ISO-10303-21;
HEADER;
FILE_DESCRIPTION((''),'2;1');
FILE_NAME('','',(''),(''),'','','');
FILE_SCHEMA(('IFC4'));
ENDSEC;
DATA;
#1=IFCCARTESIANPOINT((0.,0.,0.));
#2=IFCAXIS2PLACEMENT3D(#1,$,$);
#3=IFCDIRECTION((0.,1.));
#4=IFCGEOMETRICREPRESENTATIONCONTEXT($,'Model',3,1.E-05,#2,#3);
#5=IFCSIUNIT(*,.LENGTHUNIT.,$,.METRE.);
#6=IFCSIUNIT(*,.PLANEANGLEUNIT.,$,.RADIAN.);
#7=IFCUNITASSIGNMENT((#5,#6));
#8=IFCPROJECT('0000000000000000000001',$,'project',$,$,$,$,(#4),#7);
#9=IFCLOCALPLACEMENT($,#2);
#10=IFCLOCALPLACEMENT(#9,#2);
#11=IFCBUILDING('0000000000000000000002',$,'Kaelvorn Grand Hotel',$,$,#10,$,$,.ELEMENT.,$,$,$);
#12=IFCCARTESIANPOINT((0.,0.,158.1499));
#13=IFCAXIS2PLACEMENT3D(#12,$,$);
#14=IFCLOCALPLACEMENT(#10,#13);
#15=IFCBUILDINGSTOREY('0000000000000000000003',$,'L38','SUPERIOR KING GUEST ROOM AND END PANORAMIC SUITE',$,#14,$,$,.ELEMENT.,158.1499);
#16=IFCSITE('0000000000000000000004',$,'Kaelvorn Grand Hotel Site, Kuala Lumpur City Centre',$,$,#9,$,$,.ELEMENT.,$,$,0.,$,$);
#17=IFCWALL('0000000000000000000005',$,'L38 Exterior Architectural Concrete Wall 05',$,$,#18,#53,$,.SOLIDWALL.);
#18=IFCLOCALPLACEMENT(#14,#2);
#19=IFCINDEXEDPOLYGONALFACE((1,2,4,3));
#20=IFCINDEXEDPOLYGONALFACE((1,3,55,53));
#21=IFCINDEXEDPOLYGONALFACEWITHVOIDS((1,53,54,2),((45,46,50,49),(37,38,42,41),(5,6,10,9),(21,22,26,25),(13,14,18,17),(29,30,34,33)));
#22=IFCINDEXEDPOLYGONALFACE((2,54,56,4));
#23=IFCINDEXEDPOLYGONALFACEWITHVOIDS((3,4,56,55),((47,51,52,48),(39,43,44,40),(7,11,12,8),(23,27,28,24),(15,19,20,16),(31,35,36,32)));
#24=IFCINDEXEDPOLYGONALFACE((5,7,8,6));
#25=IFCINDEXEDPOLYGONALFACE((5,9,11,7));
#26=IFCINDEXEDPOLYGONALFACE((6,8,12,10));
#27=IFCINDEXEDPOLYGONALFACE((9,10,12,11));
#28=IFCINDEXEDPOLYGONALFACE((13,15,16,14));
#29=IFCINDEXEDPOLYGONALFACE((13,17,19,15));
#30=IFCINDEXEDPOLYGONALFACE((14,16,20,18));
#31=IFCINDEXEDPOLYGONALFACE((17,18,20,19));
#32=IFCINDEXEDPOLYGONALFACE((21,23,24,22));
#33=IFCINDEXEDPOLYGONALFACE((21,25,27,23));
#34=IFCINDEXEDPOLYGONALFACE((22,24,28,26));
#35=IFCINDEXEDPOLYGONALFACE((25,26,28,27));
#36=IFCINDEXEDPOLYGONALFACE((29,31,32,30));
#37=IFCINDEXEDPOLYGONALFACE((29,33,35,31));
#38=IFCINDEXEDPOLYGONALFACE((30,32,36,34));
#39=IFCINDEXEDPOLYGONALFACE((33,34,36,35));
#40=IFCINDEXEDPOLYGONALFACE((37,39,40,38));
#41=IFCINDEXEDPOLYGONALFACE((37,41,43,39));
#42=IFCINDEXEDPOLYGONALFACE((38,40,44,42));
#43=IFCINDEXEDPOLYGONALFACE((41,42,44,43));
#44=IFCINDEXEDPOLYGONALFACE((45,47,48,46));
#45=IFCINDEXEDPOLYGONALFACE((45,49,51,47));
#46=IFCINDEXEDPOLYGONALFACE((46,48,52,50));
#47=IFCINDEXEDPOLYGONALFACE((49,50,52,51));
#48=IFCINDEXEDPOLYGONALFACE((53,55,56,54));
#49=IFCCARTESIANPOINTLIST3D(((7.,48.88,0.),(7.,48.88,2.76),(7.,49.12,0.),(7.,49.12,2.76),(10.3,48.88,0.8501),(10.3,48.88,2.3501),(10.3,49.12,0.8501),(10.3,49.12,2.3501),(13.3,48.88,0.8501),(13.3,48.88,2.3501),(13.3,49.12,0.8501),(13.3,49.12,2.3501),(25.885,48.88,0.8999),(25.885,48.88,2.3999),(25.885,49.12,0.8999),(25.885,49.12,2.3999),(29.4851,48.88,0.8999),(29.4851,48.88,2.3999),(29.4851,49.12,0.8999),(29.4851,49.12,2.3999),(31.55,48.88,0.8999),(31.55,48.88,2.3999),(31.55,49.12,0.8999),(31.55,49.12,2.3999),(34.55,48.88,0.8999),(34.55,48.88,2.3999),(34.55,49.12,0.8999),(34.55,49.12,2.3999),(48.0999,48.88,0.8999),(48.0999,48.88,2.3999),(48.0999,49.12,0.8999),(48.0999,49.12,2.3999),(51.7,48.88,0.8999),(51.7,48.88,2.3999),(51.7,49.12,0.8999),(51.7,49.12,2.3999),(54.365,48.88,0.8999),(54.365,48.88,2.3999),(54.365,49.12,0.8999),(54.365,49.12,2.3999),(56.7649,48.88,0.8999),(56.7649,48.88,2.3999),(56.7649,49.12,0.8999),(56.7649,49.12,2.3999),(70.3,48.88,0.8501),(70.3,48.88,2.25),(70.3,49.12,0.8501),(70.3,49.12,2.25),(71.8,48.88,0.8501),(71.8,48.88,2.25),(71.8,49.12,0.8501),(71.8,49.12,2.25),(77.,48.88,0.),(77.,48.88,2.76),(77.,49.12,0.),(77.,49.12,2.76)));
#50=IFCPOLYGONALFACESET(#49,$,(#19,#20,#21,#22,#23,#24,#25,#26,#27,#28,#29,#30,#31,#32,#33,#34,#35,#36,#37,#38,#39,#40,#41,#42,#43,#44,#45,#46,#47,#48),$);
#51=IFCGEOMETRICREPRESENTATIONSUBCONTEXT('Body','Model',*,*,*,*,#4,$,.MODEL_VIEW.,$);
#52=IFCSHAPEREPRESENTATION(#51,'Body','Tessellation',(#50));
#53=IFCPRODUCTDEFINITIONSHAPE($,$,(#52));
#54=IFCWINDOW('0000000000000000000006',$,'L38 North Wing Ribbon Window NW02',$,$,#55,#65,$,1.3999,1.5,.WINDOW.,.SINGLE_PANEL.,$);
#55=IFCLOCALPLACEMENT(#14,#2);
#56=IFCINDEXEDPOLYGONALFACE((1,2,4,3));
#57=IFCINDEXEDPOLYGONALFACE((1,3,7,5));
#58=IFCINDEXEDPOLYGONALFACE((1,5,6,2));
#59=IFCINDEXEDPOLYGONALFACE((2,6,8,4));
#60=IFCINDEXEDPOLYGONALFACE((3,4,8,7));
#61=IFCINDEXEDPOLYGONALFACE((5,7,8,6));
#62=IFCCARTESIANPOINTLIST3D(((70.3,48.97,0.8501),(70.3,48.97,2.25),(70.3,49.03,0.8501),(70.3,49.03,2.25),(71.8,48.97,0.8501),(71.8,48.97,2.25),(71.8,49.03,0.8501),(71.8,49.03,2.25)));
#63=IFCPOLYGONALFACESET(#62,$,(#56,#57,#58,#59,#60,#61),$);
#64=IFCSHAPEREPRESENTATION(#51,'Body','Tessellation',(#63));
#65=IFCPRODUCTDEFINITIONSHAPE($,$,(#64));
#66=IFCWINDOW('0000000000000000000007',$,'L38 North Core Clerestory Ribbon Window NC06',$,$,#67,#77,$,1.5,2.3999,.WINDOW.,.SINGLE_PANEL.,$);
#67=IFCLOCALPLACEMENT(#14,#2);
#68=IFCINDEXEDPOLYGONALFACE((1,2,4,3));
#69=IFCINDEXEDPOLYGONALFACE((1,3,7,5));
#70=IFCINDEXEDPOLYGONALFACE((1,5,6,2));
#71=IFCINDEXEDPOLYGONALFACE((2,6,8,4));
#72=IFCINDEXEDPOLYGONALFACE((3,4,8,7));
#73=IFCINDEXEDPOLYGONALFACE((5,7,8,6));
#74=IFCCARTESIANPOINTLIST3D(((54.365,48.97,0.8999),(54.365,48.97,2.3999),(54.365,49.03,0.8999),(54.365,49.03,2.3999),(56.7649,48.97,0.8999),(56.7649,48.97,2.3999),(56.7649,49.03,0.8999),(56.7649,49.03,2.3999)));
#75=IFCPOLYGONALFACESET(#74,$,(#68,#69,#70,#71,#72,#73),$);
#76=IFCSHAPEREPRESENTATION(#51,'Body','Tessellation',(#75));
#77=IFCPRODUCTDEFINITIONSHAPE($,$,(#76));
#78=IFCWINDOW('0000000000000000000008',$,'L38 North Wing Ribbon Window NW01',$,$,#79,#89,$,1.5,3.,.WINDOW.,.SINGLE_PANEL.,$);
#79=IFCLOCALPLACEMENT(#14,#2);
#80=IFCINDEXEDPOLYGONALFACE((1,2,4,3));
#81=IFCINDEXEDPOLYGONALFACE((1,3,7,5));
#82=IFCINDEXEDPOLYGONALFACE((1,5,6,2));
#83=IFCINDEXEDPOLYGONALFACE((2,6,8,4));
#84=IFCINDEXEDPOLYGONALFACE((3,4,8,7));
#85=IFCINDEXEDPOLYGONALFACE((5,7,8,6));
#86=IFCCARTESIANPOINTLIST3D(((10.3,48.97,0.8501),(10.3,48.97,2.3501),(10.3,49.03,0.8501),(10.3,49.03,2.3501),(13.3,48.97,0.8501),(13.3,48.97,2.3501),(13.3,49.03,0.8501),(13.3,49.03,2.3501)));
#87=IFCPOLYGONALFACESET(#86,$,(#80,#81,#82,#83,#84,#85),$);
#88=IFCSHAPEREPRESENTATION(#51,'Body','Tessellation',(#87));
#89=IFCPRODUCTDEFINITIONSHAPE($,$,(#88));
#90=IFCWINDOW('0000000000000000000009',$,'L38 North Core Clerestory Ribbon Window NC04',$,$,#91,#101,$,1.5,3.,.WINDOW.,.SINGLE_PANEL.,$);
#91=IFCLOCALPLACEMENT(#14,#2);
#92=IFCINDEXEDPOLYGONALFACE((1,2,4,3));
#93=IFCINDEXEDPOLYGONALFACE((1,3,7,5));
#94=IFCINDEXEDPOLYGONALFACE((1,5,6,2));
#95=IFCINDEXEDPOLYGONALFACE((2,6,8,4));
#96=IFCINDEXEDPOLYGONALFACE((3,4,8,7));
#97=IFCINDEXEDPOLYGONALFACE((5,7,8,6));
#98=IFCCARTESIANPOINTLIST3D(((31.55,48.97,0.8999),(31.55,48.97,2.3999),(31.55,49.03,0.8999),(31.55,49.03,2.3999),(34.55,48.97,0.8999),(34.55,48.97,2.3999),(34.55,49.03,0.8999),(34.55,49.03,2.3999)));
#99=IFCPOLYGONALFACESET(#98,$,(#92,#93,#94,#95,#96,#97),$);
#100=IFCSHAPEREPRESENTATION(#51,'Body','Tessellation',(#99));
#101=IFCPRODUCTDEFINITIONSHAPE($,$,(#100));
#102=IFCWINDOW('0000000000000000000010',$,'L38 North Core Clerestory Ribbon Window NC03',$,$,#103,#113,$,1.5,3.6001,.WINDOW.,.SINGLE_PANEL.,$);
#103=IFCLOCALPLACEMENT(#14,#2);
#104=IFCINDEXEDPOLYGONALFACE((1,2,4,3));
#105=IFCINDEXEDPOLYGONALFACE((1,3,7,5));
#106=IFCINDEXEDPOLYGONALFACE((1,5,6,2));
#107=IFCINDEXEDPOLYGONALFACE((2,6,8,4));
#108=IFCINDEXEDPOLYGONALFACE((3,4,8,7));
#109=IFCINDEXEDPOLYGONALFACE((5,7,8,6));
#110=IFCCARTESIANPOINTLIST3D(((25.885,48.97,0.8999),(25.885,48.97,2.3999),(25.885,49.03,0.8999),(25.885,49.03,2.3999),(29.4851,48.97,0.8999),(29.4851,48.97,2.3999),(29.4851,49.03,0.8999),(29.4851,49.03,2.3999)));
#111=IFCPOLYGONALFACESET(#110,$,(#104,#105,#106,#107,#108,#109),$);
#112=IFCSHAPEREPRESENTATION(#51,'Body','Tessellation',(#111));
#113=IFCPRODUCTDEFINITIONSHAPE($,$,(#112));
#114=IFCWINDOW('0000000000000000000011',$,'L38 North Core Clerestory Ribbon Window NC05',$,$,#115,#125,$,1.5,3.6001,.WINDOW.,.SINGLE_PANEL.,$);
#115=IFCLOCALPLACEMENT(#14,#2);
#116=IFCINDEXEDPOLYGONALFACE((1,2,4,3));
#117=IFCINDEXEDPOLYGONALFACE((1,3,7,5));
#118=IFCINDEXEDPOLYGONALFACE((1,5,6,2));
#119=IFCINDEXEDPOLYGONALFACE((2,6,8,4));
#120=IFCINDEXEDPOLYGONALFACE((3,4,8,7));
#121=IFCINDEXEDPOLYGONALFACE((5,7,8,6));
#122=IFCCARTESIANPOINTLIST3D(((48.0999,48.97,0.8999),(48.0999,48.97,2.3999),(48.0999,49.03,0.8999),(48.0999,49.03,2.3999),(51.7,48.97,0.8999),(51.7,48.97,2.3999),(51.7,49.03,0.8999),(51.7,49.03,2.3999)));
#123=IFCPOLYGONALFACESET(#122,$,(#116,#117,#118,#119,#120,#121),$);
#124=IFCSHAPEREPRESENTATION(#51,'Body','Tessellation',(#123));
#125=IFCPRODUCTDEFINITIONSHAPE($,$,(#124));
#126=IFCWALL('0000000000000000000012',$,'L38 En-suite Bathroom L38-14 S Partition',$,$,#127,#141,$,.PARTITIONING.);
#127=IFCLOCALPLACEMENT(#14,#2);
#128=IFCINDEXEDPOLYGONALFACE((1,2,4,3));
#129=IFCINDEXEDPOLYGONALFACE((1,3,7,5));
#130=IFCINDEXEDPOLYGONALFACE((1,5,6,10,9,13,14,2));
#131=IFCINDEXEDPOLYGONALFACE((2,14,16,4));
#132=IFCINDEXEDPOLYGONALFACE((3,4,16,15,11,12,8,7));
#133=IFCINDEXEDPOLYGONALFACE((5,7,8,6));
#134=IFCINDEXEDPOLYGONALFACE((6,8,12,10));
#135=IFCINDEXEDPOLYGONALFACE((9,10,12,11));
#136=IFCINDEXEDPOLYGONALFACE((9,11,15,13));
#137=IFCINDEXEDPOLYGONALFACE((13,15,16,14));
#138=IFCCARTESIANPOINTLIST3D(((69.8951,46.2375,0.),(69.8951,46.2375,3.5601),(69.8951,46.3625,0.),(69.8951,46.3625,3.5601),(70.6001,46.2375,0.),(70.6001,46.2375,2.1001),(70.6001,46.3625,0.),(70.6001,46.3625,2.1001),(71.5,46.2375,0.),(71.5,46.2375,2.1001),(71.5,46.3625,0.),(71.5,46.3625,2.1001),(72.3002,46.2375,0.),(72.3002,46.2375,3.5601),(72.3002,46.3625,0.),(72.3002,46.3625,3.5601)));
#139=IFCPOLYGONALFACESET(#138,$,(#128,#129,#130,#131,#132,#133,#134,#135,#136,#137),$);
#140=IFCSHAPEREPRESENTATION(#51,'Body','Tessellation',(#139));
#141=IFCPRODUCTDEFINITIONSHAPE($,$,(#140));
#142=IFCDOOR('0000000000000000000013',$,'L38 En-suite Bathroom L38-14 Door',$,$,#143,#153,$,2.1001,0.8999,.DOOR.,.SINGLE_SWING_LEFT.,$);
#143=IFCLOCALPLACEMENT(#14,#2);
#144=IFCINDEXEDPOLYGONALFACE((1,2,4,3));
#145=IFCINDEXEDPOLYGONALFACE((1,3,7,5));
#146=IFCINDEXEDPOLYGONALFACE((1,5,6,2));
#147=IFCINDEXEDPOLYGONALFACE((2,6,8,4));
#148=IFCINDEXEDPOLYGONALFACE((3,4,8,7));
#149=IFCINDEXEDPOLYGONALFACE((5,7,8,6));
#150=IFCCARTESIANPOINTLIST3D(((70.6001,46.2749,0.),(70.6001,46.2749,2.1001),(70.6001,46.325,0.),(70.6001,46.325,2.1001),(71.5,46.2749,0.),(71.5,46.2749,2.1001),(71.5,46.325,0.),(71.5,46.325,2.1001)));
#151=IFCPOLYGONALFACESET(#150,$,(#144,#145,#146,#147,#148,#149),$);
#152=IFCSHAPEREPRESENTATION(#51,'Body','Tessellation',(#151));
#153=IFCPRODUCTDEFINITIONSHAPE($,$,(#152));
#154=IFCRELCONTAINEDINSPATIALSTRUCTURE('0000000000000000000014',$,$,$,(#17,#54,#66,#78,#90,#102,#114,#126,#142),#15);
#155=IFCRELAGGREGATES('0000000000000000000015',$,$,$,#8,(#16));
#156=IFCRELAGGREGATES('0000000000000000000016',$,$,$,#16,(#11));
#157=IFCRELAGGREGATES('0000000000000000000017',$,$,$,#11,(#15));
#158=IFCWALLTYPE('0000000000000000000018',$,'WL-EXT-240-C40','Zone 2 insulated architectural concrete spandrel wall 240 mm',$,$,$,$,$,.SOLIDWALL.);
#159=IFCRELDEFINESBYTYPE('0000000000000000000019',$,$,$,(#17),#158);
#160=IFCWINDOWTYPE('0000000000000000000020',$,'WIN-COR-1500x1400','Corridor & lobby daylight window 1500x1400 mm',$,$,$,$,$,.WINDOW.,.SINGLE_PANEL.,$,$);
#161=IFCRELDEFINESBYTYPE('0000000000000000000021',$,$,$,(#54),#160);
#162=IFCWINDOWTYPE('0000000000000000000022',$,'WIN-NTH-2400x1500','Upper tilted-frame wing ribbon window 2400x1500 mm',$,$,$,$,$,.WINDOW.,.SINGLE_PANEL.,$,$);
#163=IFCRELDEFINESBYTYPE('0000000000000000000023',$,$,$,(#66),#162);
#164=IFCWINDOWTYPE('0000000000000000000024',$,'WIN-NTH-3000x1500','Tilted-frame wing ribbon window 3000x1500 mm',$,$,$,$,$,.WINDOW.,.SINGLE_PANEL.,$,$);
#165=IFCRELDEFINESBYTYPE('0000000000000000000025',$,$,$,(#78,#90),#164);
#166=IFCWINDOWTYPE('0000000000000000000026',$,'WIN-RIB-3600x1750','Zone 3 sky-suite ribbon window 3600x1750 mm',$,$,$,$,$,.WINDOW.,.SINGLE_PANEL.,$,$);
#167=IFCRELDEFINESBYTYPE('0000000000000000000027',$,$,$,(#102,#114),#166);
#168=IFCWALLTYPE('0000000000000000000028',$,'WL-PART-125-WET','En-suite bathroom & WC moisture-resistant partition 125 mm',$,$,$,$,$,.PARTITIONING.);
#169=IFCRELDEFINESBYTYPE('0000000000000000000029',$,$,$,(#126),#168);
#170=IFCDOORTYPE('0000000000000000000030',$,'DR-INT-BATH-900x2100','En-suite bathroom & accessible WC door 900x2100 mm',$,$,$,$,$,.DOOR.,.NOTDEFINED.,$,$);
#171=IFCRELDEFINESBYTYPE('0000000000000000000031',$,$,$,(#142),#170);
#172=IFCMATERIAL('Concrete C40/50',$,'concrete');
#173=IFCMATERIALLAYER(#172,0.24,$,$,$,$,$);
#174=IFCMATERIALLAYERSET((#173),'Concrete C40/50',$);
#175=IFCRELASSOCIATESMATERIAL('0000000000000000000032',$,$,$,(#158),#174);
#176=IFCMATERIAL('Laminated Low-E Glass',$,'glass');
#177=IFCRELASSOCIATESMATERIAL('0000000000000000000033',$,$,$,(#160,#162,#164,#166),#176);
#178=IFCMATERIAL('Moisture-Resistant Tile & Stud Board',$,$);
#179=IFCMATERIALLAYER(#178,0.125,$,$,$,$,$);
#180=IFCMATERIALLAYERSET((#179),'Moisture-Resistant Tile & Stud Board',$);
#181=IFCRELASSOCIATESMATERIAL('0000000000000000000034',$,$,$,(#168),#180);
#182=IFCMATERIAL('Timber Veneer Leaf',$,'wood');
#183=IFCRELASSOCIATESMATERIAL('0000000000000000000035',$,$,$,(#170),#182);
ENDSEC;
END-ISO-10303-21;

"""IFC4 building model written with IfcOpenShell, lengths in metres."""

from ifc_helpers import new_model, si_unit, direction, frame, frame_2d, origin, place, context, subcontext, project, spatial, rectangle, extrude, material, layer, layer_set, type_object, element, fill, save


model = new_model("IFC4")

# Units and contexts
model_context = context("Model", 3, precision=1e-05, world=origin(), true_north=direction((0.0, 1.0)))
body_context = subcontext(model_context, "Body", "Model", "MODEL_VIEW")
ifc_project = project(units=[si_unit("LENGTHUNIT", "METRE"), si_unit("PLANEANGLEUNIT", "RADIAN")], contexts=[model_context])

# Site, building, storey
site_placement = place(None, origin())
site = spatial("IfcSite", under=ifc_project, at=site_placement, Name="Kaelvorn Grand Hotel Site, Kuala Lumpur City Centre", CompositionType="ELEMENT", RefElevation=0.0)
building_placement = place(site_placement, origin())
building = spatial("IfcBuilding", under=site, at=building_placement, Name="Kaelvorn Grand Hotel", CompositionType="ELEMENT")
storey_placement = place(building_placement, frame((0.0, 0.0, 158.1499)))
storey = spatial("IfcBuildingStorey", under=building, at=storey_placement, Name="L38", Description="SUPERIOR KING GUEST ROOM AND END PANORAMIC SUITE", CompositionType="ELEMENT", Elevation=158.1499)

# Shared definitions
ifc_material_1 = material(Name="Concrete C40/50", Category="concrete")
ifc_layer_1 = layer(ifc_material_1, 0.24)
ifc_layer_set_1 = layer_set([ifc_layer_1], Name="Concrete C40/50")
wall_type_1 = type_object("IfcWallType", Name="WL-EXT-240-C40", Description="Zone 2 insulated architectural concrete spandrel wall 240 mm", PredefinedType="SOLIDWALL", material=ifc_layer_set_1)
ifc_material_2 = material(Name="Laminated Low-E Glass", Category="glass")

# Wall, openings, windows
wall_1_placement = place(storey_placement, frame((77.0, 49.0, 0.0), z_axis=(0.0, 0.0, 1.0), x_axis=(-1.0, 0.0, 0.0)))
wall_1 = element("IfcWall", 1, at=wall_1_placement, inside=storey, type_object=wall_type_1, Name="L38 Exterior Architectural Concrete Wall 05", PredefinedType="SOLIDWALL", context=body_context, shape_type="SweptSolid", body=[
    extrude(rectangle(XDim=70.0, YDim=0.24, at=frame_2d((35.0, 0.0))), origin(), (0.0, 0.0, 1.0), 2.76),
])
opening_1_placement = place(wall_1_placement, frame((63.7, 0.0, 0.8501)))
opening_1 = element("IfcOpeningElement", 2, at=opening_1_placement, cuts=wall_1, PredefinedType="OPENING", context=body_context, shape_type="SweptSolid", body=[
    extrude(rectangle(XDim=3.0, YDim=1.5, at=frame_2d((1.5, 0.75))), frame((0.0, 0.1299, 0.0), z_axis=(0.0, -1.0, 0.0), x_axis=(1.0, 0.0, 0.0)), (0.0, 0.0, 1.0), 0.26),
])
opening_2_placement = place(wall_1_placement, frame((5.2, 0.0, 0.8501)))
opening_2 = element("IfcOpeningElement", 3, at=opening_2_placement, cuts=wall_1, PredefinedType="OPENING", context=body_context, shape_type="SweptSolid", body=[
    extrude(rectangle(XDim=1.5, YDim=1.3999, at=frame_2d((0.75, 0.7))), frame((0.0, 0.1299, 0.0), z_axis=(0.0, -1.0, 0.0), x_axis=(1.0, 0.0, 0.0)), (0.0, 0.0, 1.0), 0.26),
])
opening_3_placement = place(wall_1_placement, frame((47.5149, 0.0, 0.8999)))
opening_3 = element("IfcOpeningElement", 4, at=opening_3_placement, cuts=wall_1, PredefinedType="OPENING", context=body_context, shape_type="SweptSolid", body=[
    extrude(rectangle(XDim=3.6001, YDim=1.5, at=frame_2d((1.8, 0.75))), frame((0.0, 0.1299, 0.0), z_axis=(0.0, -1.0, 0.0), x_axis=(1.0, 0.0, 0.0)), (0.0, 0.0, 1.0), 0.26),
])
opening_4_placement = place(wall_1_placement, frame((42.45, 0.0, 0.8999)))
opening_4 = element("IfcOpeningElement", 5, at=opening_4_placement, cuts=wall_1, PredefinedType="OPENING", context=body_context, shape_type="SweptSolid", body=[
    extrude(rectangle(XDim=3.0, YDim=1.5, at=frame_2d((1.5, 0.75))), frame((0.0, 0.1299, 0.0), z_axis=(0.0, -1.0, 0.0), x_axis=(1.0, 0.0, 0.0)), (0.0, 0.0, 1.0), 0.26),
])
opening_5_placement = place(wall_1_placement, frame((25.3, 0.0, 0.8999)))
opening_5 = element("IfcOpeningElement", 6, at=opening_5_placement, cuts=wall_1, PredefinedType="OPENING", context=body_context, shape_type="SweptSolid", body=[
    extrude(rectangle(XDim=3.6001, YDim=1.5, at=frame_2d((1.8, 0.75))), frame((0.0, 0.1299, 0.0), z_axis=(0.0, -1.0, 0.0), x_axis=(1.0, 0.0, 0.0)), (0.0, 0.0, 1.0), 0.26),
])
opening_6_placement = place(wall_1_placement, frame((20.2351, 0.0, 0.8999)))
opening_6 = element("IfcOpeningElement", 7, at=opening_6_placement, cuts=wall_1, PredefinedType="OPENING", context=body_context, shape_type="SweptSolid", body=[
    extrude(rectangle(XDim=2.3999, YDim=1.5, at=frame_2d((1.2, 0.75))), frame((0.0, 0.1299, 0.0), z_axis=(0.0, -1.0, 0.0), x_axis=(1.0, 0.0, 0.0)), (0.0, 0.0, 1.0), 0.26),
])
window_type_1 = type_object("IfcWindowType", Name="WIN-COR-1500x1400", Description="Corridor & lobby daylight window 1500x1400 mm", PartitioningType="SINGLE_PANEL", PredefinedType="WINDOW", material=ifc_material_2)
window_1_placement = place(opening_2_placement, origin())
window_1 = element("IfcWindow", 8, at=window_1_placement, inside=storey, type_object=window_type_1, Name="L38 North Wing Ribbon Window NW02", OverallHeight=1.3999, OverallWidth=1.5, PartitioningType="SINGLE_PANEL", PredefinedType="WINDOW", context=body_context, shape_type="SweptSolid", body=[
    extrude(rectangle(XDim=1.5, YDim=1.3999, at=frame_2d((0.75, 0.7))), frame((0.0, 0.03, 0.0), z_axis=(0.0, -1.0, 0.0), x_axis=(1.0, 0.0, 0.0)), (0.0, 0.0, 1.0), 0.0601),
])
fill(opening_2, window_1)
window_type_2 = type_object("IfcWindowType", Name="WIN-NTH-2400x1500", Description="Upper tilted-frame wing ribbon window 2400x1500 mm", PartitioningType="SINGLE_PANEL", PredefinedType="WINDOW", material=ifc_material_2)
window_2_placement = place(opening_6_placement, origin())
window_2 = element("IfcWindow", 9, at=window_2_placement, inside=storey, type_object=window_type_2, Name="L38 North Core Clerestory Ribbon Window NC06", OverallHeight=1.5, OverallWidth=2.3999, PartitioningType="SINGLE_PANEL", PredefinedType="WINDOW", context=body_context, shape_type="SweptSolid", body=[
    extrude(rectangle(XDim=2.3999, YDim=1.5, at=frame_2d((1.2, 0.75))), frame((0.0, 0.03, 0.0), z_axis=(0.0, -1.0, 0.0), x_axis=(1.0, 0.0, 0.0)), (0.0, 0.0, 1.0), 0.0601),
])
fill(opening_6, window_2)
window_type_3 = type_object("IfcWindowType", Name="WIN-NTH-3000x1500", Description="Tilted-frame wing ribbon window 3000x1500 mm", PartitioningType="SINGLE_PANEL", PredefinedType="WINDOW", material=ifc_material_2)
window_3_placement = place(opening_1_placement, origin())
window_3 = element("IfcWindow", 10, at=window_3_placement, inside=storey, type_object=window_type_3, Name="L38 North Wing Ribbon Window NW01", OverallHeight=1.5, OverallWidth=3.0, PartitioningType="SINGLE_PANEL", PredefinedType="WINDOW", context=body_context, shape_type="SweptSolid", body=[
    extrude(rectangle(XDim=3.0, YDim=1.5, at=frame_2d((1.5, 0.75))), frame((0.0, 0.03, 0.0), z_axis=(0.0, -1.0, 0.0), x_axis=(1.0, 0.0, 0.0)), (0.0, 0.0, 1.0), 0.0601),
])
fill(opening_1, window_3)
window_4_placement = place(opening_4_placement, origin())
window_4 = element("IfcWindow", 11, at=window_4_placement, inside=storey, type_object=window_type_3, Name="L38 North Core Clerestory Ribbon Window NC04", OverallHeight=1.5, OverallWidth=3.0, PartitioningType="SINGLE_PANEL", PredefinedType="WINDOW", context=body_context, shape_type="SweptSolid", body=[
    extrude(rectangle(XDim=3.0, YDim=1.5, at=frame_2d((1.5, 0.75))), frame((0.0, 0.03, 0.0), z_axis=(0.0, -1.0, 0.0), x_axis=(1.0, 0.0, 0.0)), (0.0, 0.0, 1.0), 0.0601),
])
fill(opening_4, window_4)
window_type_4 = type_object("IfcWindowType", Name="WIN-RIB-3600x1750", Description="Zone 3 sky-suite ribbon window 3600x1750 mm", PartitioningType="SINGLE_PANEL", PredefinedType="WINDOW", material=ifc_material_2)
window_5_placement = place(opening_3_placement, origin())
window_5 = element("IfcWindow", 12, at=window_5_placement, inside=storey, type_object=window_type_4, Name="L38 North Core Clerestory Ribbon Window NC03", OverallHeight=1.5, OverallWidth=3.6001, PartitioningType="SINGLE_PANEL", PredefinedType="WINDOW", context=body_context, shape_type="SweptSolid", body=[
    extrude(rectangle(XDim=3.6001, YDim=1.5, at=frame_2d((1.8, 0.75))), frame((0.0, 0.03, 0.0), z_axis=(0.0, -1.0, 0.0), x_axis=(1.0, 0.0, 0.0)), (0.0, 0.0, 1.0), 0.0601),
])
fill(opening_3, window_5)
window_6_placement = place(opening_5_placement, origin())
window_6 = element("IfcWindow", 13, at=window_6_placement, inside=storey, type_object=window_type_4, Name="L38 North Core Clerestory Ribbon Window NC05", OverallHeight=1.5, OverallWidth=3.6001, PartitioningType="SINGLE_PANEL", PredefinedType="WINDOW", context=body_context, shape_type="SweptSolid", body=[
    extrude(rectangle(XDim=3.6001, YDim=1.5, at=frame_2d((1.8, 0.75))), frame((0.0, 0.03, 0.0), z_axis=(0.0, -1.0, 0.0), x_axis=(1.0, 0.0, 0.0)), (0.0, 0.0, 1.0), 0.0601),
])
fill(opening_5, window_6)

# Wall, opening, door
ifc_material_3 = material(Name="Moisture-Resistant Tile & Stud Board")
ifc_layer_2 = layer(ifc_material_3, 0.125)
ifc_layer_set_2 = layer_set([ifc_layer_2], Name="Moisture-Resistant Tile & Stud Board")
wall_type_2 = type_object("IfcWallType", Name="WL-PART-125-WET", Description="En-suite bathroom & WC moisture-resistant partition 125 mm", PredefinedType="PARTITIONING", material=ifc_layer_set_2)
wall_2_placement = place(storey_placement, frame((69.895, 46.3, 0.0), z_axis=(0.0, 0.0, 1.0), x_axis=(1.0, 0.0, 0.0)))
wall_2 = element("IfcWall", 14, at=wall_2_placement, inside=storey, type_object=wall_type_2, Name="L38 En-suite Bathroom L38-14 S Partition", PredefinedType="PARTITIONING", context=body_context, shape_type="SweptSolid", body=[
    extrude(rectangle(XDim=2.405, YDim=0.125, at=frame_2d((1.2026, 0.0))), origin(), (0.0, 0.0, 1.0), 3.5601),
])
opening_7_placement = place(wall_2_placement, frame((0.7051, 0.0, 0.0)))
opening_7 = element("IfcOpeningElement", 15, at=opening_7_placement, cuts=wall_2, PredefinedType="OPENING", context=body_context, shape_type="SweptSolid", body=[
    extrude(rectangle(XDim=0.8999, YDim=2.1001, at=frame_2d((0.45, 1.05))), frame((0.0, 0.0725, 0.0), z_axis=(0.0, -1.0, 0.0), x_axis=(1.0, 0.0, 0.0)), (0.0, 0.0, 1.0), 0.145),
])
ifc_material_4 = material(Name="Timber Veneer Leaf", Category="wood")
door_type = type_object("IfcDoorType", Name="DR-INT-BATH-900x2100", Description="En-suite bathroom & accessible WC door 900x2100 mm", OperationType="NOTDEFINED", PredefinedType="DOOR", material=ifc_material_4)
door_placement = place(opening_7_placement, origin())
door = element("IfcDoor", 16, at=door_placement, inside=storey, type_object=door_type, Name="L38 En-suite Bathroom L38-14 Door", OperationType="SINGLE_SWING_LEFT", OverallHeight=2.1001, OverallWidth=0.8999, PredefinedType="DOOR", context=body_context, shape_type="SweptSolid", body=[
    extrude(rectangle(XDim=0.8999, YDim=2.1001, at=frame_2d((0.45, 1.05))), frame((0.0, 0.0249, 0.0), z_axis=(0.0, -1.0, 0.0), x_axis=(1.0, 0.0, 0.0)), (0.0, 0.0, 1.0), 0.05),
])
fill(opening_7, door)

save(model, "model.ifc")
